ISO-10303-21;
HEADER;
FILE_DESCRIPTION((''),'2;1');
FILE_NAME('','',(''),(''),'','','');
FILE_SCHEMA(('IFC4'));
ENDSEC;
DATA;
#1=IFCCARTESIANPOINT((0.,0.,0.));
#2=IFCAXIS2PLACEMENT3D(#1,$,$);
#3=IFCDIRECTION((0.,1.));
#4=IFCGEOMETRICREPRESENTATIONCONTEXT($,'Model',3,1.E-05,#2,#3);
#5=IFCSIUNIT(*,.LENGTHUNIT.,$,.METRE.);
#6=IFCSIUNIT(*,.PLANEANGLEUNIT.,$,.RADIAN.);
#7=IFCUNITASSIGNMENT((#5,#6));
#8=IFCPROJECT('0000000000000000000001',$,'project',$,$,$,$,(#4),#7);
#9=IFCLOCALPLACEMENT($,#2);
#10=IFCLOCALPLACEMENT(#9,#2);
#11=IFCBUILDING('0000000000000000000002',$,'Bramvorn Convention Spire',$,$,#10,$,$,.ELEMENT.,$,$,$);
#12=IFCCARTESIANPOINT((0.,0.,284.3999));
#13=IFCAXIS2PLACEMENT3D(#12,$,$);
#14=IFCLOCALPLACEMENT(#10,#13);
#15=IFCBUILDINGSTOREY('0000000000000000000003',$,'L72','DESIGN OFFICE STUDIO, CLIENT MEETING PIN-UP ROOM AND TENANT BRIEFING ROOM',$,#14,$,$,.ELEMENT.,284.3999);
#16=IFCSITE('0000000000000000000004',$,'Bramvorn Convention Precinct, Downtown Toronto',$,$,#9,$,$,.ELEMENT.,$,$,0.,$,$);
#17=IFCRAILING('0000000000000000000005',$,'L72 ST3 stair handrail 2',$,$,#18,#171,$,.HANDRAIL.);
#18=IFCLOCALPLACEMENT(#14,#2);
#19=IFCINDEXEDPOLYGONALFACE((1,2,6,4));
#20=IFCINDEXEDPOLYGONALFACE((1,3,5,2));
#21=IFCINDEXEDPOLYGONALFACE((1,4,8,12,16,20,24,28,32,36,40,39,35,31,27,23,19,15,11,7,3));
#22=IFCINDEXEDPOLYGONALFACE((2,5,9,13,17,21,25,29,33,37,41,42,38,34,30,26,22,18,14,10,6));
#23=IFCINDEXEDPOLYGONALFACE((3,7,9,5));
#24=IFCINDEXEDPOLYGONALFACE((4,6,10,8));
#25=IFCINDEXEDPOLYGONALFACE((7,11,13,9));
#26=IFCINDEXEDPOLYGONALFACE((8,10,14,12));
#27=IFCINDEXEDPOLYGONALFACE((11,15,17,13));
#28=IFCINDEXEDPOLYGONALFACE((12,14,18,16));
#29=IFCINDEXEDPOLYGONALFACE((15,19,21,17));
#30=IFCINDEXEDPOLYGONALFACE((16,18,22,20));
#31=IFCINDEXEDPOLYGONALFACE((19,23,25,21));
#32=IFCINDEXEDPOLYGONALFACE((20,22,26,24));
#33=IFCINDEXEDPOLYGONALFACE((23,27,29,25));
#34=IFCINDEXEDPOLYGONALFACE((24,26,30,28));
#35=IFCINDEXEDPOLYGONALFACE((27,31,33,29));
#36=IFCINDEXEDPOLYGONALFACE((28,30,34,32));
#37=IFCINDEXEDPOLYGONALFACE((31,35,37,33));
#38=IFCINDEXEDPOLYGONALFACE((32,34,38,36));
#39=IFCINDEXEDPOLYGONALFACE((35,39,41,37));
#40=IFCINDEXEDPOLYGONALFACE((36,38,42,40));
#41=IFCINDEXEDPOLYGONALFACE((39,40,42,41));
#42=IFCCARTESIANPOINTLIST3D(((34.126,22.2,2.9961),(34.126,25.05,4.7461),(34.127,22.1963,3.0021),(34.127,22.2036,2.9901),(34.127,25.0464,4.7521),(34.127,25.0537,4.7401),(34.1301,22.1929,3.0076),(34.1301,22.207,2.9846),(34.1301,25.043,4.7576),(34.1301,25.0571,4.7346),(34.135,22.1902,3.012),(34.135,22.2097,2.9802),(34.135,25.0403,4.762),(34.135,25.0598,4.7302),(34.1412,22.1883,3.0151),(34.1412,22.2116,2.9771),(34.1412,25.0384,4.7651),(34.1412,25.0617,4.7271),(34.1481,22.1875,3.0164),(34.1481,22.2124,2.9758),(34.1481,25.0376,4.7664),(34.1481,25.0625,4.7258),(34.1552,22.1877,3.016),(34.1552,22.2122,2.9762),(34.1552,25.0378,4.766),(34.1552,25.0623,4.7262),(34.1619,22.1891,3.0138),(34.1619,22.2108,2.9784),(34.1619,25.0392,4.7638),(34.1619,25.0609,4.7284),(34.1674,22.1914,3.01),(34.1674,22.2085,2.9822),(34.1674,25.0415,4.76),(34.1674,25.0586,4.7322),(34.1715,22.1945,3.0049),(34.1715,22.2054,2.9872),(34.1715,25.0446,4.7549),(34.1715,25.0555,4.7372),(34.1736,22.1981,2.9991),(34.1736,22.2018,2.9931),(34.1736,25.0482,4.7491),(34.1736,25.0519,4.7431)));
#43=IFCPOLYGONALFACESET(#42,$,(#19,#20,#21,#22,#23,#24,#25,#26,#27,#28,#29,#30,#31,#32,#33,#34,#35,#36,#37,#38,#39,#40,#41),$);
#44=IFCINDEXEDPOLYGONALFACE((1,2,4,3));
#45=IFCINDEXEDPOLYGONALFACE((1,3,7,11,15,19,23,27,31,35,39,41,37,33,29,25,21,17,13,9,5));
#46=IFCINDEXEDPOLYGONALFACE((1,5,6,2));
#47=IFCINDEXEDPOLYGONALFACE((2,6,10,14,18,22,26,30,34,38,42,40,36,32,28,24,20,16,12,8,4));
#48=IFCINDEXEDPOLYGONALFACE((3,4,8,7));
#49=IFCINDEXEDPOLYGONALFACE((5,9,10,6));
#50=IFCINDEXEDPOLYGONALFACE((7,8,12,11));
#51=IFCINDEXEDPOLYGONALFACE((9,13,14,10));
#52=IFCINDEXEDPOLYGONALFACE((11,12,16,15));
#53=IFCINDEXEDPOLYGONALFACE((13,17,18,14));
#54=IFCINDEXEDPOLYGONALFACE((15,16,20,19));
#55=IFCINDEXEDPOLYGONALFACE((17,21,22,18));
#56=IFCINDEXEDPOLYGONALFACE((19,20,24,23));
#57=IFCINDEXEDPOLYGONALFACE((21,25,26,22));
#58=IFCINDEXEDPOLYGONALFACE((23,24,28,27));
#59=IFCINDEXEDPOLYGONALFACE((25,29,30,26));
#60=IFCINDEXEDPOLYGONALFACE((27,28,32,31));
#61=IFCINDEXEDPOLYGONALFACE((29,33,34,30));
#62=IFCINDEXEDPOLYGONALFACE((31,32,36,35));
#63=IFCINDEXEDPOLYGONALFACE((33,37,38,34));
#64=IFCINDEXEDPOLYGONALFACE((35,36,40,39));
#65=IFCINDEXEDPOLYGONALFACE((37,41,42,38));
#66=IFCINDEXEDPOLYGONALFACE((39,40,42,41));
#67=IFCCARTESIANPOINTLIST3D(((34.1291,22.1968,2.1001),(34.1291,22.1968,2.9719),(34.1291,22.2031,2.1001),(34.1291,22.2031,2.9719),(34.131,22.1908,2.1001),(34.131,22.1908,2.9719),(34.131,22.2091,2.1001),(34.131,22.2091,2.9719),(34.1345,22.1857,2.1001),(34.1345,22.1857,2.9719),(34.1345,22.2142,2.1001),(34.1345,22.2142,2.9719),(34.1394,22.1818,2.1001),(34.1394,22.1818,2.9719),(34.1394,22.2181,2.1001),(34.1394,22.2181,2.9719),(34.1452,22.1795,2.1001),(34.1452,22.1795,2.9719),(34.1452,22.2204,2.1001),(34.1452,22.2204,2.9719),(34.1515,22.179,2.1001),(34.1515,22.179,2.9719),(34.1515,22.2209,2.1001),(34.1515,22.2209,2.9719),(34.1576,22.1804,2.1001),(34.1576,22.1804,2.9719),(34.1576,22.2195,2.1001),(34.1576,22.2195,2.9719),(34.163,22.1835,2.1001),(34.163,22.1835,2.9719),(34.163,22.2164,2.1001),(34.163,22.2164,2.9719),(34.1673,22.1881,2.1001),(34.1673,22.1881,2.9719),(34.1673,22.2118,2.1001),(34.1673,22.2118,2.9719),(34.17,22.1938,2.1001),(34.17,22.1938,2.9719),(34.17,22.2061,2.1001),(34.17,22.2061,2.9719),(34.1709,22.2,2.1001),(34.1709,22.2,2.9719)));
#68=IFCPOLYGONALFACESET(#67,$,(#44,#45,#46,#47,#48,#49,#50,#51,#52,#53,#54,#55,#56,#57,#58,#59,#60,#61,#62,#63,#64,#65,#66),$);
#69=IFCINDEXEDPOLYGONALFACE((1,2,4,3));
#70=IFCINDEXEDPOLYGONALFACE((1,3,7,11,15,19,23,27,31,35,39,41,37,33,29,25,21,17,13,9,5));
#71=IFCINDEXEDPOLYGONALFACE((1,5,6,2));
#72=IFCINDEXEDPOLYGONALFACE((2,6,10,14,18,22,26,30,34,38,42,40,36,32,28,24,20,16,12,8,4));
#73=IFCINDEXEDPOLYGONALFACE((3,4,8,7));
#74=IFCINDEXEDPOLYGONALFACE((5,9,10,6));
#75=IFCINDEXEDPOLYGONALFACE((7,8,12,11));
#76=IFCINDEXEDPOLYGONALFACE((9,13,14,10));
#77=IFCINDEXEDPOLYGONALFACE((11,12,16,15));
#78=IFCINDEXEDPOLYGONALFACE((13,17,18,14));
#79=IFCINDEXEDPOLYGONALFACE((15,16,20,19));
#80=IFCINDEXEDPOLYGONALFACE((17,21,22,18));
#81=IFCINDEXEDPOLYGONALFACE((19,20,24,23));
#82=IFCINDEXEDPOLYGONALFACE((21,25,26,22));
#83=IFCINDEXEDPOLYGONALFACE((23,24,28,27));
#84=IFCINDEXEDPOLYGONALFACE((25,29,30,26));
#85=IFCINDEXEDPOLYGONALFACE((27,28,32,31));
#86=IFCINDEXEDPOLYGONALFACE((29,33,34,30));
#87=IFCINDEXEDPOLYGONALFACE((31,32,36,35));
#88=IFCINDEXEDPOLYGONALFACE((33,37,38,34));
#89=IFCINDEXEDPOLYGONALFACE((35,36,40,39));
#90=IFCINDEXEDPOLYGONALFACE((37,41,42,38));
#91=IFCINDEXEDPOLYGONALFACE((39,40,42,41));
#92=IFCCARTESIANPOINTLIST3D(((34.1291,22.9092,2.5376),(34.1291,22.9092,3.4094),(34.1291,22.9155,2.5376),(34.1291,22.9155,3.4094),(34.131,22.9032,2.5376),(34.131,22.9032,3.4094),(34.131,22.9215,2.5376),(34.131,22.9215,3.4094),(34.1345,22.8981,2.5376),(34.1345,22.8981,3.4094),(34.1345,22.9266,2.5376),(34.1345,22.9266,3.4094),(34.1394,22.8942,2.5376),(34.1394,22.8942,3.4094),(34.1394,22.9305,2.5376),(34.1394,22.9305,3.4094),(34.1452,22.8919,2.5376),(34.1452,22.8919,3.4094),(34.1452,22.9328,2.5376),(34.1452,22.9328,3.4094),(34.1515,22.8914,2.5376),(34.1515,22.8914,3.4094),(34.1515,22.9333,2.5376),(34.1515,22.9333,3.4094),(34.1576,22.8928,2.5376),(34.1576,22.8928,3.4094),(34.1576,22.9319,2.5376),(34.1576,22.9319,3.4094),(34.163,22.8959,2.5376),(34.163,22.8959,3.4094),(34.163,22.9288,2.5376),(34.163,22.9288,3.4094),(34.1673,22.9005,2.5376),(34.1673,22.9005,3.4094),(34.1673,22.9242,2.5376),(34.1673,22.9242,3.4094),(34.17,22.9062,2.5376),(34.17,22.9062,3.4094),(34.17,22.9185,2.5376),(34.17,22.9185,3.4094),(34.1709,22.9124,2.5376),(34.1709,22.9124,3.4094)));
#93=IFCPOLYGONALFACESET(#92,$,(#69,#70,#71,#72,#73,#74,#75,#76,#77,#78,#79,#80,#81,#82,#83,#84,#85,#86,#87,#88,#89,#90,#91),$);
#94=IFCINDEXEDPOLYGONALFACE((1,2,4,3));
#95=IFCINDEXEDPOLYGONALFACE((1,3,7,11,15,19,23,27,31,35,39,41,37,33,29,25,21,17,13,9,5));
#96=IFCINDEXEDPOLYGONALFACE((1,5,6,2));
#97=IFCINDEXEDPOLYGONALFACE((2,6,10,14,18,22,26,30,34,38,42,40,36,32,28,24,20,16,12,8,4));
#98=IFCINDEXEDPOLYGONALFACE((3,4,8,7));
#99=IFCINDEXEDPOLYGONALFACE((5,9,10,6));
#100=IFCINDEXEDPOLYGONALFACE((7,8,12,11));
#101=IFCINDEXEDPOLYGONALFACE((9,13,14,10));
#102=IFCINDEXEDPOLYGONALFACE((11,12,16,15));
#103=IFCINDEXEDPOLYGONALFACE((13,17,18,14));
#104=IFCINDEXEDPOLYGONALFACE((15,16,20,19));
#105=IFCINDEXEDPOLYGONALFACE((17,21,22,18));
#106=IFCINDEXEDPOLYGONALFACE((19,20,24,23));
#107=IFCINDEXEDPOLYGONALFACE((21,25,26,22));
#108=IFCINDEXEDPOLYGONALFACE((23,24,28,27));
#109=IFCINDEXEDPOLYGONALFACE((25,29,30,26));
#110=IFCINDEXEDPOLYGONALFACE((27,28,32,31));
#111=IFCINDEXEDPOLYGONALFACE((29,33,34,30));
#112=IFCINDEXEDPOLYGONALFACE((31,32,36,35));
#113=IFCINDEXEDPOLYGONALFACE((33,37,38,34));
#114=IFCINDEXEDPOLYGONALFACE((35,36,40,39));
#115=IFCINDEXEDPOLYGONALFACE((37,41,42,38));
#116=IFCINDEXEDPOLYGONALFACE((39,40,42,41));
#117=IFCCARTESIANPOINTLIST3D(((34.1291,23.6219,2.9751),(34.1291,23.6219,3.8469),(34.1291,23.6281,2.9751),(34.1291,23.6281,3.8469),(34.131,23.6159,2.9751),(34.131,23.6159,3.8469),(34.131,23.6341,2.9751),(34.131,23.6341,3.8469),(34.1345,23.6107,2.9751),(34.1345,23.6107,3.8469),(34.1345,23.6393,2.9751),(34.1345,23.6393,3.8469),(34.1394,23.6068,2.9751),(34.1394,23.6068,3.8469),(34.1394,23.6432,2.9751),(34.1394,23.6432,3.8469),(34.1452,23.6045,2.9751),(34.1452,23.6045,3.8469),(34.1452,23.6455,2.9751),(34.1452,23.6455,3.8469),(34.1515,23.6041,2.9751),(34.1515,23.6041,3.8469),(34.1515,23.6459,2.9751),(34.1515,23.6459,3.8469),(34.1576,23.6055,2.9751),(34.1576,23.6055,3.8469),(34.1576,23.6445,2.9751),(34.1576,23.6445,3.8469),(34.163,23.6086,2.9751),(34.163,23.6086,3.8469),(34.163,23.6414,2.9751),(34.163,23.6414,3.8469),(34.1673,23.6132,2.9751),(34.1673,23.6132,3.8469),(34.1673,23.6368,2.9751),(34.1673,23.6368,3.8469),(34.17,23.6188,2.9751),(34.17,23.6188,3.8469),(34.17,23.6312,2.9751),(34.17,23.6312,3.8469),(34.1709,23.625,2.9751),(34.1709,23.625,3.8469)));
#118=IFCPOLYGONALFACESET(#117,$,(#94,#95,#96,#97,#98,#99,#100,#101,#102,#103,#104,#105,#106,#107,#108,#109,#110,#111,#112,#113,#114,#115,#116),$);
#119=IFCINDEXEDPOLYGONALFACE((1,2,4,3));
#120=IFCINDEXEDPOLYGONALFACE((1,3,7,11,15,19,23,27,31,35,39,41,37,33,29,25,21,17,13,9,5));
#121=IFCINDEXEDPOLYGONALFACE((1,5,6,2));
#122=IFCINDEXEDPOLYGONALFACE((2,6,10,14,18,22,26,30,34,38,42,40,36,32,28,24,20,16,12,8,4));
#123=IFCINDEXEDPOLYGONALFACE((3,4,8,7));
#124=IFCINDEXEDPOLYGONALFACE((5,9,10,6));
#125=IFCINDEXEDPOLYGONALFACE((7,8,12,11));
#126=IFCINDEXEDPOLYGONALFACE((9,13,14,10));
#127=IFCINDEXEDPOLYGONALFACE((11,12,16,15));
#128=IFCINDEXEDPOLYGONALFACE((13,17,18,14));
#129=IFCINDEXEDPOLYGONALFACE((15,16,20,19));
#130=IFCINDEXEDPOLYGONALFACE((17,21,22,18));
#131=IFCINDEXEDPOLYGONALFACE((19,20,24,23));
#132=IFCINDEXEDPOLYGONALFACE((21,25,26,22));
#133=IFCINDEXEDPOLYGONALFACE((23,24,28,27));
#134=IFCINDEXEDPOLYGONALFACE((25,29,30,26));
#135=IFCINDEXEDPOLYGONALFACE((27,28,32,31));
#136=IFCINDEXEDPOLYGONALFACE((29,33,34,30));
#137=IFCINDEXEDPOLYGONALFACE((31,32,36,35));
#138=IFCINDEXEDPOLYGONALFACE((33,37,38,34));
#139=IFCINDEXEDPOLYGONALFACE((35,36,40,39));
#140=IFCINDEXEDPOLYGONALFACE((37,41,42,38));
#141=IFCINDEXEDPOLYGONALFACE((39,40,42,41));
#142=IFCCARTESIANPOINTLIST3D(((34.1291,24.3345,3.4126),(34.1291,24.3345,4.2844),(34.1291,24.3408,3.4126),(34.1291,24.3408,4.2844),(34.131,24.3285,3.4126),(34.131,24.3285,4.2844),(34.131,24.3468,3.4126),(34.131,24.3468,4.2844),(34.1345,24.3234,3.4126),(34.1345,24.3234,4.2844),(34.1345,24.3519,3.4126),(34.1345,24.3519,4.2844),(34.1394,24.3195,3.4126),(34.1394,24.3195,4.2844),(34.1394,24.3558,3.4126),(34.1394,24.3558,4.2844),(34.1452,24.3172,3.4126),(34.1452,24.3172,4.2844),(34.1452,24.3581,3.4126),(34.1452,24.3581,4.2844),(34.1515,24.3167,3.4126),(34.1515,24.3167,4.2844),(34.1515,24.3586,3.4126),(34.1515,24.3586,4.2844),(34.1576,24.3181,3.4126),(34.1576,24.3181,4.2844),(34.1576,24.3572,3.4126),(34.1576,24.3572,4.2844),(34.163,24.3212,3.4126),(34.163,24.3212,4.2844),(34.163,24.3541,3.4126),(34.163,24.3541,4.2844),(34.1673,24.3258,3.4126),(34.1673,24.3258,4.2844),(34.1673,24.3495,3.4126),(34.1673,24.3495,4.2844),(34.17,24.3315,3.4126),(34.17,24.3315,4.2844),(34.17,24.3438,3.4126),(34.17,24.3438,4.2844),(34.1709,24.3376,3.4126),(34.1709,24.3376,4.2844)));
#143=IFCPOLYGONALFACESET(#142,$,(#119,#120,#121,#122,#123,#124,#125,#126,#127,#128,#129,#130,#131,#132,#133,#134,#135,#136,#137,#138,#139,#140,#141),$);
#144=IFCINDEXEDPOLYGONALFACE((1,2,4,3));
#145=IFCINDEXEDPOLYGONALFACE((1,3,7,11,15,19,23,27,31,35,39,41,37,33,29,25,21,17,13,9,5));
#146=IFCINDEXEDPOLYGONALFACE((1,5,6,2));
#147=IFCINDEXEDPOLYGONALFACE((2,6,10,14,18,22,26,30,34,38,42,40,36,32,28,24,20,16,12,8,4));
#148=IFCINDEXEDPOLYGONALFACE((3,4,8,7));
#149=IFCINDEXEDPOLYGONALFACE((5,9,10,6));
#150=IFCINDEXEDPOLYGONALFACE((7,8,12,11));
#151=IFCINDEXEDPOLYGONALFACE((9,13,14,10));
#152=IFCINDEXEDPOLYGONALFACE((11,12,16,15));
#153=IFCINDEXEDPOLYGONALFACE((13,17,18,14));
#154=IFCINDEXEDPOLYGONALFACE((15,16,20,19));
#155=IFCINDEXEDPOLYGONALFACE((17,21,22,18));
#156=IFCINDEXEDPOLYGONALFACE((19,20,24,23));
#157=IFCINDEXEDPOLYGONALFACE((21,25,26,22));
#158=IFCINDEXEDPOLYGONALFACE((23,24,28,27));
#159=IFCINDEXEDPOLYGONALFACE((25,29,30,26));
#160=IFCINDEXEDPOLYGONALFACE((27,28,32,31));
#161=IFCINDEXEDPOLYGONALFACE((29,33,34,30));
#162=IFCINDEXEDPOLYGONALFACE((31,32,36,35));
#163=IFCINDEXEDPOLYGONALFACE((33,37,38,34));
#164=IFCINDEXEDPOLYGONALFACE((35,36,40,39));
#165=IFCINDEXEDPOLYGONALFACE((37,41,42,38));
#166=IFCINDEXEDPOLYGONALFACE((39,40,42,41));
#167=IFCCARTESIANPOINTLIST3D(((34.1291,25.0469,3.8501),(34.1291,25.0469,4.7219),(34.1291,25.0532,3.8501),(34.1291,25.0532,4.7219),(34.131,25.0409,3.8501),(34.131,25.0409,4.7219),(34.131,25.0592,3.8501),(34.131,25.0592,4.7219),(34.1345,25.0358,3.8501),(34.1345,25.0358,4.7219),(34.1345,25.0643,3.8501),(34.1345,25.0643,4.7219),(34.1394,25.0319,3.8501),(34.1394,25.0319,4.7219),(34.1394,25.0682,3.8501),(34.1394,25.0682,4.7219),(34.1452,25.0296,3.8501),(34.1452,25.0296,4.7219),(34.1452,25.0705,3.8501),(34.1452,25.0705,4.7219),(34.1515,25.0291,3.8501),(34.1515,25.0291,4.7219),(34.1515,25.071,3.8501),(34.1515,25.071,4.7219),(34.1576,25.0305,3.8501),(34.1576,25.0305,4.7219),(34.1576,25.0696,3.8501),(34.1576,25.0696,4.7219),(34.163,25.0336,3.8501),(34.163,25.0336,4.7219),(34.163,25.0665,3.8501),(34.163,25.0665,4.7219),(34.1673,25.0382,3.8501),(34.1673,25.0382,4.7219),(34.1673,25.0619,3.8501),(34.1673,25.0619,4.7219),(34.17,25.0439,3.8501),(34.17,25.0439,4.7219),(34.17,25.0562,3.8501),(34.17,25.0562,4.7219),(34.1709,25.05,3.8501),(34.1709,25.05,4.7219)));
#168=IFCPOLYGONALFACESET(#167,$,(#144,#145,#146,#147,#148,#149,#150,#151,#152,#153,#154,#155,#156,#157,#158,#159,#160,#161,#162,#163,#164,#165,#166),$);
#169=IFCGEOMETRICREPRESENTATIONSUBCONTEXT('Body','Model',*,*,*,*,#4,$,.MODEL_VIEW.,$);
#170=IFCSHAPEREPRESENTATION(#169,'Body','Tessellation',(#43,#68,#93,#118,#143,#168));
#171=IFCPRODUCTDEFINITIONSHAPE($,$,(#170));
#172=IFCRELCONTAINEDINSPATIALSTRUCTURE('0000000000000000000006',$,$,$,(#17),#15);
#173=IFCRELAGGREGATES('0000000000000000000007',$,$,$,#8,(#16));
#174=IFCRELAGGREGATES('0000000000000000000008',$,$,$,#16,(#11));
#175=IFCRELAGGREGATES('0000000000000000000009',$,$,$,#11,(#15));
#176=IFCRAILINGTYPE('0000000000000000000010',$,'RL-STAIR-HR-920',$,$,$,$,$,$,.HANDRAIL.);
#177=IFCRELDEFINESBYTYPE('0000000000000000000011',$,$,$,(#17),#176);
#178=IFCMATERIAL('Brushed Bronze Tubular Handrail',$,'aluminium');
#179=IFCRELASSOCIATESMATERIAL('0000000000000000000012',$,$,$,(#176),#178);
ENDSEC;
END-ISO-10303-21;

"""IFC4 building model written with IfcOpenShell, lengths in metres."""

from ifc_helpers import new_model, si_unit, direction, frame, origin, origin_2d, place, context, subcontext, project, spatial, circle, extrude, material, type_object, element, save


model = new_model("IFC4")

# Units and contexts
model_context = context("Model", 3, precision=1e-05, world=origin(), true_north=direction((0.0, 1.0)))
body_context = subcontext(model_context, "Body", "Model", "MODEL_VIEW")
ifc_project = project(units=[si_unit("LENGTHUNIT", "METRE"), si_unit("PLANEANGLEUNIT", "RADIAN")], contexts=[model_context])

# Site, building, storey
site_placement = place(None, origin())
site = spatial("IfcSite", under=ifc_project, at=site_placement, Name="Bramvorn Convention Precinct, Downtown Toronto", CompositionType="ELEMENT", RefElevation=0.0)
building_placement = place(site_placement, origin())
building = spatial("IfcBuilding", under=site, at=building_placement, Name="Bramvorn Convention Spire", CompositionType="ELEMENT")
storey_placement = place(building_placement, frame((0.0, 0.0, 284.3999)))
storey = spatial("IfcBuildingStorey", under=building, at=storey_placement, Name="L72", Description="DESIGN OFFICE STUDIO, CLIENT MEETING PIN-UP ROOM AND TENANT BRIEFING ROOM", CompositionType="ELEMENT", Elevation=284.3999)

# Railing
ifc_material_1 = material(Name="Brushed Bronze Tubular Handrail", Category="aluminium")
railing_type_1 = type_object("IfcRailingType", Name="RL-STAIR-HR-920", PredefinedType="HANDRAIL", material=ifc_material_1)
for number, where, name in (
    (1, (34.1499, 22.2, 2.1001), "L72 ST3 stair handrail 2"),
):
    element("IfcRailing", number, at=place(storey_placement, frame(where)), inside=storey, type_object=railing_type_1, Name=name, PredefinedType="HANDRAIL", context=body_context, shape_type="SweptSolid", body=[
        extrude(circle(Radius=0.0239, at=origin_2d()), frame((0.0, 0.0, 0.896), z_axis=(0.0, 0.852179, 0.52325), x_axis=(-1.0, 0.0, 0.0)), (0.0, 0.0, 1.0), 3.3445),
        extrude(circle(Radius=0.021, at=origin_2d()), origin(), (0.0, 0.0, 1.0), 0.8718),
        extrude(circle(Radius=0.021, at=origin_2d()), frame((0.0, 0.7124, 0.4375)), (0.0, 0.0, 1.0), 0.8718),
        extrude(circle(Radius=0.021, at=origin_2d()), frame((0.0, 1.425, 0.875)), (0.0, 0.0, 1.0), 0.8718),
        extrude(circle(Radius=0.021, at=origin_2d()), frame((0.0, 2.1377, 1.3125)), (0.0, 0.0, 1.0), 0.8718),
        extrude(circle(Radius=0.021, at=origin_2d()), frame((0.0, 2.8501, 1.75)), (0.0, 0.0, 1.0), 0.8718),
    ])

save(model, "model.ifc")
